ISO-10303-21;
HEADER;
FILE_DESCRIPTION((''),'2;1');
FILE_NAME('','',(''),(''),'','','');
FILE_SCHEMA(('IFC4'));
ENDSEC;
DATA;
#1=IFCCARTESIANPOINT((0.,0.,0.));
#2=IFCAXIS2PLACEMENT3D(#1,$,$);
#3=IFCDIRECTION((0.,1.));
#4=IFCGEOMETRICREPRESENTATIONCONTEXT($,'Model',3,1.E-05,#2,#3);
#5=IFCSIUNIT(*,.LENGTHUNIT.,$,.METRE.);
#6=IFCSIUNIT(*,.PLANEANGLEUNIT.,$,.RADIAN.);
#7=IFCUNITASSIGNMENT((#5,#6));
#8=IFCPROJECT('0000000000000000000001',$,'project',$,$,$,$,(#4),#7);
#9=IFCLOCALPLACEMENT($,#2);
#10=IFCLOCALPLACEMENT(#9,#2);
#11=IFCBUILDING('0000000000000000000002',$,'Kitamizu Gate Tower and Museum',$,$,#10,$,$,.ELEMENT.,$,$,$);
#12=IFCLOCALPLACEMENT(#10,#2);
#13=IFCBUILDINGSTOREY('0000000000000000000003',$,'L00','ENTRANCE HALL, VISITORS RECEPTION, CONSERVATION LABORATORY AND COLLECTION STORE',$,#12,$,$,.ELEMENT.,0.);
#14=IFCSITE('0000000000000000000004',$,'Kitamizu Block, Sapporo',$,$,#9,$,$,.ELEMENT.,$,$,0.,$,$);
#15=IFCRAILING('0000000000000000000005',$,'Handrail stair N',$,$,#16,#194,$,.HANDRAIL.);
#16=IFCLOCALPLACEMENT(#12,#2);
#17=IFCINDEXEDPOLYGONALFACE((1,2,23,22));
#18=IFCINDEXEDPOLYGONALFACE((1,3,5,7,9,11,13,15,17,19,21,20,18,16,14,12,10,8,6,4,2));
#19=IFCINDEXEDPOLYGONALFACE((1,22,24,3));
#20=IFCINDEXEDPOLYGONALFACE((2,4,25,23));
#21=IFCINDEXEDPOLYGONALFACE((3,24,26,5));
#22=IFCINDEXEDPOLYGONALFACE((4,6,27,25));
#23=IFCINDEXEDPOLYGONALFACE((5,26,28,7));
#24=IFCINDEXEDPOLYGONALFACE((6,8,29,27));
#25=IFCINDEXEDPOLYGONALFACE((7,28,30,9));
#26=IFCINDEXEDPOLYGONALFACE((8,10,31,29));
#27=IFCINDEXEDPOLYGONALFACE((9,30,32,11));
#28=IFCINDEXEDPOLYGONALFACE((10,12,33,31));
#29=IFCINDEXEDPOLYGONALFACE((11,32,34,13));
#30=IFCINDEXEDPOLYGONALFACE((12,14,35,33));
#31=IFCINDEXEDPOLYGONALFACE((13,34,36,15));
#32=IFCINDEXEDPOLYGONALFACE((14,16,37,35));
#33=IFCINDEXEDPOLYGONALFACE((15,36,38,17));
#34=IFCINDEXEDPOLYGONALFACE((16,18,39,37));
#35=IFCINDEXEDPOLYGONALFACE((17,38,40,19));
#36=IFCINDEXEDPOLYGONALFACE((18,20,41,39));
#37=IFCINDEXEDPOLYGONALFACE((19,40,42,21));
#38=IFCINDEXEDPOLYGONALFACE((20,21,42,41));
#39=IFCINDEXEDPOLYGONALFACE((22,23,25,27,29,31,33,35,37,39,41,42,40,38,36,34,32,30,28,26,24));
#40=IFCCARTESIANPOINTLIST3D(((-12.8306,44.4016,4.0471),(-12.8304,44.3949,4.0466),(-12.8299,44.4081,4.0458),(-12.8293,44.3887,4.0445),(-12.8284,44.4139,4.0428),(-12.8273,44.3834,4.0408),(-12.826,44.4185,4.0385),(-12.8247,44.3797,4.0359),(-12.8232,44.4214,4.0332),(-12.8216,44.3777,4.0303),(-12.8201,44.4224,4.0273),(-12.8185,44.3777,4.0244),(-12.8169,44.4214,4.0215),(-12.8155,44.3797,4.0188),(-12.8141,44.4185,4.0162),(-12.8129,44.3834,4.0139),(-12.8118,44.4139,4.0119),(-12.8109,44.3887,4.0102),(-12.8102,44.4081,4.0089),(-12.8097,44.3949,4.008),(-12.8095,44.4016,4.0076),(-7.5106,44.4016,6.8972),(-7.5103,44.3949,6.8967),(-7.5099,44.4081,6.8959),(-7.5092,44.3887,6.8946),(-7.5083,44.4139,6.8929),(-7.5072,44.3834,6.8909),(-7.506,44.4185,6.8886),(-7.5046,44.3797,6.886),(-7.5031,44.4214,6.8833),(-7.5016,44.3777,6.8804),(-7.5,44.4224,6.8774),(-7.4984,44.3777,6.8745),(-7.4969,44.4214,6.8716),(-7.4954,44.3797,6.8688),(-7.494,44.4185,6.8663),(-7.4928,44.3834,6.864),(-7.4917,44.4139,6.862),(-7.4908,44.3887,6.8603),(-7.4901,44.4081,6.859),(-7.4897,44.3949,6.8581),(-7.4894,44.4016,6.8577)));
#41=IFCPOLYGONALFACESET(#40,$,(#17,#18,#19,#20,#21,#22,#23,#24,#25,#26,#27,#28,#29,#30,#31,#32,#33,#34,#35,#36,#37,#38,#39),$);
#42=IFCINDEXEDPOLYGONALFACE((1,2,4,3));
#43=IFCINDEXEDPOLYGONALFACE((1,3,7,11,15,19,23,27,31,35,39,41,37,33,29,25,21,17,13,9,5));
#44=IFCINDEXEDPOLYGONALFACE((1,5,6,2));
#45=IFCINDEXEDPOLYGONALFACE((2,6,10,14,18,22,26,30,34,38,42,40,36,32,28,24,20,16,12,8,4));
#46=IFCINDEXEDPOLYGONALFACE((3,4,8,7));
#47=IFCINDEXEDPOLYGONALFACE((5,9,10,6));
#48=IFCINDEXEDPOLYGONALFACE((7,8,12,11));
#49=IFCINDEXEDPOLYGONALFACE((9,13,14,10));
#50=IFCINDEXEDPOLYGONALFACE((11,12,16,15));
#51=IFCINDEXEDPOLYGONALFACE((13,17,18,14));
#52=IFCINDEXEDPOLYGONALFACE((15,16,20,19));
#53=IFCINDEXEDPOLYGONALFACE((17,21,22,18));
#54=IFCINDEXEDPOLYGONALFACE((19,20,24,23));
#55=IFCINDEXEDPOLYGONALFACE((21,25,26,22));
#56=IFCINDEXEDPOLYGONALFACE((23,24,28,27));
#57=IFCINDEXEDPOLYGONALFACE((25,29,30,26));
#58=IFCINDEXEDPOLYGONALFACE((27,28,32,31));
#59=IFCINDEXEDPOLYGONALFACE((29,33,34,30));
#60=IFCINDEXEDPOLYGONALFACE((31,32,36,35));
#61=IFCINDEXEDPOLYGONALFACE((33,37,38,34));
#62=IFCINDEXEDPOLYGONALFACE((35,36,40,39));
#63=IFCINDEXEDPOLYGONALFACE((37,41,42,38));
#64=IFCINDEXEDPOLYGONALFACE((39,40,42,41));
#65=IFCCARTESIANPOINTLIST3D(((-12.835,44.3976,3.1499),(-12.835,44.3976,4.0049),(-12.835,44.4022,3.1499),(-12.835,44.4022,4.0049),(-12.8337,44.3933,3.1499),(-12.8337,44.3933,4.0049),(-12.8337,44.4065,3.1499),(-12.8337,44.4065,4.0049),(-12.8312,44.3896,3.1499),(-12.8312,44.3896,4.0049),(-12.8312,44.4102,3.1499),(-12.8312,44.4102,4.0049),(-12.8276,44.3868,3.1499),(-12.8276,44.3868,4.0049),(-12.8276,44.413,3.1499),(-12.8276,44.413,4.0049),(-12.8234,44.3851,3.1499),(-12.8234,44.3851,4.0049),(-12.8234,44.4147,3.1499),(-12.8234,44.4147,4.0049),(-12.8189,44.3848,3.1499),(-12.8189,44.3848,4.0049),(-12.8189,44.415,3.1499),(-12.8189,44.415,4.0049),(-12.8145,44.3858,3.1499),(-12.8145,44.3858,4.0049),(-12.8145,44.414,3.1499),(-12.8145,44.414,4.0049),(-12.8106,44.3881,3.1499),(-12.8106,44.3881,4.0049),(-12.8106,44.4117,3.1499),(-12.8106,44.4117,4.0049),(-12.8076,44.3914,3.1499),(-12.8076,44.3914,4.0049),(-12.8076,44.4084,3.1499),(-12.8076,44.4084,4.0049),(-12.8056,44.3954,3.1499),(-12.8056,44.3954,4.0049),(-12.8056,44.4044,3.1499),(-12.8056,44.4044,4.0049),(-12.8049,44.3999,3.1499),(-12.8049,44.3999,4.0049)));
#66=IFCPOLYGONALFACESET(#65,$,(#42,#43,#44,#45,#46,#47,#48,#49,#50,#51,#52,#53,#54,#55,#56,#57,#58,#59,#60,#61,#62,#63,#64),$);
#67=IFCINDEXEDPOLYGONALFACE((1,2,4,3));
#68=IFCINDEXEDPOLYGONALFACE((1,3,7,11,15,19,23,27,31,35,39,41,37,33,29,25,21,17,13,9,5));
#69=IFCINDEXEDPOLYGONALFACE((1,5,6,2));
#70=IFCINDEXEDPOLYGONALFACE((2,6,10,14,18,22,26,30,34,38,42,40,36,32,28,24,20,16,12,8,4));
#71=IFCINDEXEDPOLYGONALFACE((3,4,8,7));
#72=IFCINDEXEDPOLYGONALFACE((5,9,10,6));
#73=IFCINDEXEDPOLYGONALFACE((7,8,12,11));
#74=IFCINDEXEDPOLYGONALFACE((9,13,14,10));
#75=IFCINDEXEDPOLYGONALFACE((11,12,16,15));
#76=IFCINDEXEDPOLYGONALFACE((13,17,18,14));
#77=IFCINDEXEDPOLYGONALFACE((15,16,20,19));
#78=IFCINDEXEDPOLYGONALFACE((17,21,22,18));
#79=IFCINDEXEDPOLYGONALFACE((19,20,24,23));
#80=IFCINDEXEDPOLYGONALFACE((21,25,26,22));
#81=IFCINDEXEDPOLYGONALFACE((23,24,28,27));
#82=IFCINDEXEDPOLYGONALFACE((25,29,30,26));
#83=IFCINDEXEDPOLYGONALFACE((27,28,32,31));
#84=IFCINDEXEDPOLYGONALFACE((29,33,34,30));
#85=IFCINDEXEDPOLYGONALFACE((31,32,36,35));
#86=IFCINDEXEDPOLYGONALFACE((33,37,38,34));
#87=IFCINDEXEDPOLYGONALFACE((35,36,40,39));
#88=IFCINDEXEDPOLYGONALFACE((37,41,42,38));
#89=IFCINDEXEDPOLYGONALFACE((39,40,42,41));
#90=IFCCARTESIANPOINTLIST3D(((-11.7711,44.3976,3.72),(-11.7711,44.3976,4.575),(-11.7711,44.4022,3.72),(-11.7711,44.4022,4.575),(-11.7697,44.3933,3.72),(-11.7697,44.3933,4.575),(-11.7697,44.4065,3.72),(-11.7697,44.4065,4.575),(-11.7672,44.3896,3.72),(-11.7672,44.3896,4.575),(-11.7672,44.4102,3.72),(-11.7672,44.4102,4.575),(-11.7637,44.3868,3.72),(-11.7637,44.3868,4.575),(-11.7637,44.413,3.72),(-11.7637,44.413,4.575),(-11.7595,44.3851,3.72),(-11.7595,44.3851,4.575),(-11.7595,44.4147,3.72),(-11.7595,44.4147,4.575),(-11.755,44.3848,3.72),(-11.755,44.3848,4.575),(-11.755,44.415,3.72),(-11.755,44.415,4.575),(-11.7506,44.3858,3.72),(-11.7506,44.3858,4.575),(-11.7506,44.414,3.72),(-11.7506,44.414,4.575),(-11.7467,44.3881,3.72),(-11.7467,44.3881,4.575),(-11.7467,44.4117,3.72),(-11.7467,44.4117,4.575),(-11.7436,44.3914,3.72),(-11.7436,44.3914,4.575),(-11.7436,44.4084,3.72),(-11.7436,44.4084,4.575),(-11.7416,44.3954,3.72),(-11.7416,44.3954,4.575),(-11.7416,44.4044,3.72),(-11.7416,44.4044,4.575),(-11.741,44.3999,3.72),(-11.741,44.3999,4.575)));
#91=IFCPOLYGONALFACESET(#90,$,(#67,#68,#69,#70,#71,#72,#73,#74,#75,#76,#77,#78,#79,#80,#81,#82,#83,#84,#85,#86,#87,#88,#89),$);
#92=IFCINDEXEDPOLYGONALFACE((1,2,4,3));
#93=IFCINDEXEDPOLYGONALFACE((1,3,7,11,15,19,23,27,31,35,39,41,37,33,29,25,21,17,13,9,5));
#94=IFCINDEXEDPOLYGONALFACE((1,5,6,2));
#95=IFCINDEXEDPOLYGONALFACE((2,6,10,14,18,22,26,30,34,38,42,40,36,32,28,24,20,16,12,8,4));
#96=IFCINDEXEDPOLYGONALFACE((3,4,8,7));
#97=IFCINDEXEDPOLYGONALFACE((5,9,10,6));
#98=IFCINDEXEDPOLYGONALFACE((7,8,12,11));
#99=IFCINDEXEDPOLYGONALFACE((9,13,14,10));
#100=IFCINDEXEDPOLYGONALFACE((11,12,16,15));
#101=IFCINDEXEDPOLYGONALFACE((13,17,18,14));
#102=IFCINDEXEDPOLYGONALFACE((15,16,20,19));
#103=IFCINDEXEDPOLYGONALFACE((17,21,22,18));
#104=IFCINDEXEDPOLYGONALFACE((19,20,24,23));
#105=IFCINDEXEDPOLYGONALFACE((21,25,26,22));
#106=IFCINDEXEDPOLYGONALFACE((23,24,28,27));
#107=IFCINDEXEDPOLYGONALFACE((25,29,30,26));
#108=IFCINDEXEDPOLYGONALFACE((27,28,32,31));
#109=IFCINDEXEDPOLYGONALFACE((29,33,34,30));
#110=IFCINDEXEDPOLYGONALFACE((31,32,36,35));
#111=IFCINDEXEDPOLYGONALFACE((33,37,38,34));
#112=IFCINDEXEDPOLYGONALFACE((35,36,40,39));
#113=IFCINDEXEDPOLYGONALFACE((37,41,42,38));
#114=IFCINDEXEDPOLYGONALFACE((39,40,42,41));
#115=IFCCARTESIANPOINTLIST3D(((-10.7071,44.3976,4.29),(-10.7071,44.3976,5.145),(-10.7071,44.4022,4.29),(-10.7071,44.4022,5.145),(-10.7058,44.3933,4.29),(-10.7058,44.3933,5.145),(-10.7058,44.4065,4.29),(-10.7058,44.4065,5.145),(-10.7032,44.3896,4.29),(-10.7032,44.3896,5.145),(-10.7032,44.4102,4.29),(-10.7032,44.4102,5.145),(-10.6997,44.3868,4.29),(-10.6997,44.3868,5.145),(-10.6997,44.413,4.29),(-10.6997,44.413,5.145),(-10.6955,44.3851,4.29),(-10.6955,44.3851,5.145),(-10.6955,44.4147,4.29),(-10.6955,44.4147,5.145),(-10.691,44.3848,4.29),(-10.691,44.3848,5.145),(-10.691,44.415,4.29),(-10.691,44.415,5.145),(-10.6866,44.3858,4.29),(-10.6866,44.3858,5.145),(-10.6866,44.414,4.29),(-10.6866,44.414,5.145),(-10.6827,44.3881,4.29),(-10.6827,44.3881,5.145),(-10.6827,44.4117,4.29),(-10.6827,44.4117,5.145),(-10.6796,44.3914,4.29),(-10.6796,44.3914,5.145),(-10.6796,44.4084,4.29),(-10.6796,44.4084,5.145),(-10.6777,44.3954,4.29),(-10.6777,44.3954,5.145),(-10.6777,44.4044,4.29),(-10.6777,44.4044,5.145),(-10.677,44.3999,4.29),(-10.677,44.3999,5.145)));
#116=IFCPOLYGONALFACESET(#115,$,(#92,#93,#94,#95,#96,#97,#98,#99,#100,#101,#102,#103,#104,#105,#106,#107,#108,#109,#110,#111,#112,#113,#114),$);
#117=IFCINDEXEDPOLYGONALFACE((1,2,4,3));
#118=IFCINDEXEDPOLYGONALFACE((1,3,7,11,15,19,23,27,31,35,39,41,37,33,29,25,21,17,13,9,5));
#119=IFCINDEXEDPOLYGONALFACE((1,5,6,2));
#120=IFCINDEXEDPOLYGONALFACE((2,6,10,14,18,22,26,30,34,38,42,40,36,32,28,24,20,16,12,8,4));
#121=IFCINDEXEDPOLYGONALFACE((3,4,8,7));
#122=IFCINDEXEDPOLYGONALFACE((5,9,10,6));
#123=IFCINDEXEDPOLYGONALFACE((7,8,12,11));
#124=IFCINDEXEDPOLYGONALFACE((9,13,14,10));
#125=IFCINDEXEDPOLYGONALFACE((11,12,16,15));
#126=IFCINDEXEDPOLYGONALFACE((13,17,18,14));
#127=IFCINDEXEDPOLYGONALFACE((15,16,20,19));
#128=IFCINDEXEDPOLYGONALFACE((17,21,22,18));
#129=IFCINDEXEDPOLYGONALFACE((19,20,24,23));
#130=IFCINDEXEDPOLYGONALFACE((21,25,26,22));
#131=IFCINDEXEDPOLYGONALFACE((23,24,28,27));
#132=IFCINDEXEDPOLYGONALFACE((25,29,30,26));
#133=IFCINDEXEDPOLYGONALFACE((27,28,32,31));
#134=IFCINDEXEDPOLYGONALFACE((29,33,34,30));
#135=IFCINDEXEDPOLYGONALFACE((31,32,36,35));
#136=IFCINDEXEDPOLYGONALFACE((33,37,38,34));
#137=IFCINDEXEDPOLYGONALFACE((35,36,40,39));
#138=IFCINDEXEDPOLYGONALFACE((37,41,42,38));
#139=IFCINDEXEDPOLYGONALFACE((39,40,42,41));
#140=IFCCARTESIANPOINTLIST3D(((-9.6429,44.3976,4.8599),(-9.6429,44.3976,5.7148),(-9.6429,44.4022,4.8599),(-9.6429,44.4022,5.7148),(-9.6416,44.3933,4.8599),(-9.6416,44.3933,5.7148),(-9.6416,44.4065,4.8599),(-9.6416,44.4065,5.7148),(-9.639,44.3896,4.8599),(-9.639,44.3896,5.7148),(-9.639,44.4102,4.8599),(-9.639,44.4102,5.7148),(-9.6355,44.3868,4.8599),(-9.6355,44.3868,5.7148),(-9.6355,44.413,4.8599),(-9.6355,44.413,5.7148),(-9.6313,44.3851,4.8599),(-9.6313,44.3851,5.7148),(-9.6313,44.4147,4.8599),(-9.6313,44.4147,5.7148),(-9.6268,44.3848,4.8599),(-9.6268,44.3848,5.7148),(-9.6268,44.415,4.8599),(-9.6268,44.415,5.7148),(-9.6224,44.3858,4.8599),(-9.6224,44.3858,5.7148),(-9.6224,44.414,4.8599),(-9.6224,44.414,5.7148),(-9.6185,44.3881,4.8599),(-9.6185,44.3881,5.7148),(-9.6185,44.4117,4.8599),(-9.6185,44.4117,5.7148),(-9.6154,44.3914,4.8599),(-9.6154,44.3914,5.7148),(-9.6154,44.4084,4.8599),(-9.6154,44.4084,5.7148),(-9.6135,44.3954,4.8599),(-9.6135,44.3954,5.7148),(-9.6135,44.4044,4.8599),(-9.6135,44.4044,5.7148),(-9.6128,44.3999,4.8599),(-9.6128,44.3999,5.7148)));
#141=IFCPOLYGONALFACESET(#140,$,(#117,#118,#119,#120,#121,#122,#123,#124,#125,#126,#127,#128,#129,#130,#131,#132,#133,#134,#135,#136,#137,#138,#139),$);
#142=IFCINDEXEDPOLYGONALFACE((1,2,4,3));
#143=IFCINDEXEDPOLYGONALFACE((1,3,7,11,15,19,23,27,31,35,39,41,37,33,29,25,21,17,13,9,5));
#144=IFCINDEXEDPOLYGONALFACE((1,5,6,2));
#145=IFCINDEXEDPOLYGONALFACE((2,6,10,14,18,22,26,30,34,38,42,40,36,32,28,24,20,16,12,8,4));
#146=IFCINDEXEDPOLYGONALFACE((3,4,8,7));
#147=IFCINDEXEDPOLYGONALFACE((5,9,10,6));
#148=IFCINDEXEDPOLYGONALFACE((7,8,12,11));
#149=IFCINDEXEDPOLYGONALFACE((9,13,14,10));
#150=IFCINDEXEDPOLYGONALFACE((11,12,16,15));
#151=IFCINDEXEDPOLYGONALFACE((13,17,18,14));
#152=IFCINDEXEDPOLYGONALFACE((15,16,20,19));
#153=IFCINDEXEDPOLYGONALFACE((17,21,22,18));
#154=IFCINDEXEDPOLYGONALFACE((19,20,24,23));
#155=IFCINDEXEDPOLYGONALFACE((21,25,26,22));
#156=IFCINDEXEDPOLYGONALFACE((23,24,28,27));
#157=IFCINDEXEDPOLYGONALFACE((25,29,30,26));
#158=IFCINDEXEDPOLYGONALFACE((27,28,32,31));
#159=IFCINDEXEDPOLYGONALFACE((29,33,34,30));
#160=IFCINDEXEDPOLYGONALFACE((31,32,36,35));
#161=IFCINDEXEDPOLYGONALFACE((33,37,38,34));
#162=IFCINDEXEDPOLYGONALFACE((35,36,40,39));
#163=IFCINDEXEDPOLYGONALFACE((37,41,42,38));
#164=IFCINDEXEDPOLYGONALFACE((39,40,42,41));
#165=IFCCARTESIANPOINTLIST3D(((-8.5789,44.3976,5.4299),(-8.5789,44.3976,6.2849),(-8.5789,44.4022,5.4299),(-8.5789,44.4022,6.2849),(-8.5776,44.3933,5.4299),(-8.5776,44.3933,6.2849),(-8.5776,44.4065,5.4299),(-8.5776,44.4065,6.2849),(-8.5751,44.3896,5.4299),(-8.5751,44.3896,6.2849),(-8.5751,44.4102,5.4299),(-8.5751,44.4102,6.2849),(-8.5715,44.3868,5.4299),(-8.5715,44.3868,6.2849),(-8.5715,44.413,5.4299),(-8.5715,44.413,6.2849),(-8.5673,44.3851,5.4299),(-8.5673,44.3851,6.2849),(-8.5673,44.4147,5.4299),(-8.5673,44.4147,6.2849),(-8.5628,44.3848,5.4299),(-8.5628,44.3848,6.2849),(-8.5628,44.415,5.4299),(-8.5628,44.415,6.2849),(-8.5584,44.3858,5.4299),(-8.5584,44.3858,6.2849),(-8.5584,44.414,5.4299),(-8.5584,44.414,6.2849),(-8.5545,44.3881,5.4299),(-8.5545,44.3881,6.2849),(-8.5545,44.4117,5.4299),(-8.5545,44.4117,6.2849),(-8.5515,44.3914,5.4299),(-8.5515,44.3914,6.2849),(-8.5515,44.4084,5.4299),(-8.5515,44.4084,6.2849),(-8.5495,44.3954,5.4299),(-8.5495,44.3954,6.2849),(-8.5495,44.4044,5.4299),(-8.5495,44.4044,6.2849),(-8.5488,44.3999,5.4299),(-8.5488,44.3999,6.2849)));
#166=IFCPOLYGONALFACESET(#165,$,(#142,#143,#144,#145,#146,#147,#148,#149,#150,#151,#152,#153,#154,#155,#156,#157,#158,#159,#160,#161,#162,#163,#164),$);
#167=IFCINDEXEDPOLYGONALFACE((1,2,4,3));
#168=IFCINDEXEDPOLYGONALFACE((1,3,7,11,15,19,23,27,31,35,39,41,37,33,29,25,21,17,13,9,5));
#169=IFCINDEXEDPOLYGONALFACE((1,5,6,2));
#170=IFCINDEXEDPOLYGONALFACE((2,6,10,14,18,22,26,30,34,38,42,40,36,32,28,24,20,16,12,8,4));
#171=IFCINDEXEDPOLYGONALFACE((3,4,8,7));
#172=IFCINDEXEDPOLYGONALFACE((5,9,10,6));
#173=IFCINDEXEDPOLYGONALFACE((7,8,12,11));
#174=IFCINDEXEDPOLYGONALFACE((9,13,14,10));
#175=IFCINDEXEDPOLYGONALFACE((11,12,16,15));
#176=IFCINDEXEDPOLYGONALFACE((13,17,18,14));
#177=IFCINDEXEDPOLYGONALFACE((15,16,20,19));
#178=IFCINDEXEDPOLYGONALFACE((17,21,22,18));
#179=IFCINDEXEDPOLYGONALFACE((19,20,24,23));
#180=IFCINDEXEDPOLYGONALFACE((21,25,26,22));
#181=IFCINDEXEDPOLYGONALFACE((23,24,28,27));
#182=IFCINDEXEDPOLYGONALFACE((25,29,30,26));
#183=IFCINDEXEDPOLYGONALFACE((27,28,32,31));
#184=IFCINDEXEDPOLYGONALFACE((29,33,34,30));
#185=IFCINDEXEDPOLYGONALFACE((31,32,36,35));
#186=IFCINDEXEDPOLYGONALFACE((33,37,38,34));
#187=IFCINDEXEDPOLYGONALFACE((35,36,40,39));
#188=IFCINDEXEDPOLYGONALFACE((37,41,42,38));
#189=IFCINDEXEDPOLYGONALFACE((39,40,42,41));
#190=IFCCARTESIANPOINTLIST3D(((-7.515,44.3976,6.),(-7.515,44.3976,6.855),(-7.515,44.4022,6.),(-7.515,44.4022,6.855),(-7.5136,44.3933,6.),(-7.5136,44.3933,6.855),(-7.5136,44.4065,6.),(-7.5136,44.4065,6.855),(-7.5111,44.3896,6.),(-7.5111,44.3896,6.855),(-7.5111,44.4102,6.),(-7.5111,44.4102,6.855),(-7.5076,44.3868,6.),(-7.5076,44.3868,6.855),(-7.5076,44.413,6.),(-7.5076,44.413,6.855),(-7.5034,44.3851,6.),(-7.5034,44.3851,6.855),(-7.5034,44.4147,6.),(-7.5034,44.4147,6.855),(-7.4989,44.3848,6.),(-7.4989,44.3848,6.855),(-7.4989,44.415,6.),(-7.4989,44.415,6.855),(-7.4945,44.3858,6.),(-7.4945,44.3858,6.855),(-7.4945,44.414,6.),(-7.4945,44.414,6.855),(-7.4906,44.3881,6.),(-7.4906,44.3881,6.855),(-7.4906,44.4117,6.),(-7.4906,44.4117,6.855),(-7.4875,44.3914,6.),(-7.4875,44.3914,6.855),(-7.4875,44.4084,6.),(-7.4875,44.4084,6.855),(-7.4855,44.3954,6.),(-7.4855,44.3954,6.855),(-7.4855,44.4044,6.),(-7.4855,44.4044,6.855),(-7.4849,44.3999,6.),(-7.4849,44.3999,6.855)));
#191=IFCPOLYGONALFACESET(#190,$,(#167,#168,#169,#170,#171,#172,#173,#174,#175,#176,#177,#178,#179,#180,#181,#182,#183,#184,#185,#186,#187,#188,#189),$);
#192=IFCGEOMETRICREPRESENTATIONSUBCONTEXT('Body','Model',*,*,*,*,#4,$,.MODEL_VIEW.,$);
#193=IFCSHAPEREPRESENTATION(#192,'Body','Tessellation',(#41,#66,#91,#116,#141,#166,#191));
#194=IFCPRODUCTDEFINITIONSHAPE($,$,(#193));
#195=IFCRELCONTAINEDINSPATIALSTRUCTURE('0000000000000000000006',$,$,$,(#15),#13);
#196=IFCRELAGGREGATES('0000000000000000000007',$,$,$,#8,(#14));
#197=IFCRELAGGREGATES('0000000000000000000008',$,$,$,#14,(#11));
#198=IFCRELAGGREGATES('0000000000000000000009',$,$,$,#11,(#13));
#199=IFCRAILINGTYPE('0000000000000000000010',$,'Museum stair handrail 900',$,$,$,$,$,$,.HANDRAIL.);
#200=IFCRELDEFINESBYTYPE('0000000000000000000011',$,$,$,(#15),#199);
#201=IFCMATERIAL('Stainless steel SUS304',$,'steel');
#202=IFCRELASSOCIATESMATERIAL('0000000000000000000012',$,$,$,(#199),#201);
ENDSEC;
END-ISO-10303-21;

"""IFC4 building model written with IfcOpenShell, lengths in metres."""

from ifc_helpers import new_model, si_unit, direction, frame, origin, origin_2d, place, context, subcontext, project, spatial, circle, extrude, material, type_object, element, save


model = new_model("IFC4")

# Units and contexts
model_context = context("Model", 3, precision=1e-05, world=origin(), true_north=direction((0.0, 1.0)))
body_context = subcontext(model_context, "Body", "Model", "MODEL_VIEW")
ifc_project = project(units=[si_unit("LENGTHUNIT", "METRE"), si_unit("PLANEANGLEUNIT", "RADIAN")], contexts=[model_context])

# Site, building, storey
site_placement = place(None, origin())
site = spatial("IfcSite", under=ifc_project, at=site_placement, Name="Kitamizu Block, Sapporo", CompositionType="ELEMENT", RefElevation=0.0)
building_placement = place(site_placement, origin())
building = spatial("IfcBuilding", under=site, at=building_placement, Name="Kitamizu Gate Tower and Museum", CompositionType="ELEMENT")
storey_placement = place(building_placement, origin())
storey = spatial("IfcBuildingStorey", under=building, at=storey_placement, Name="L00", Description="ENTRANCE HALL, VISITORS RECEPTION, CONSERVATION LABORATORY AND COLLECTION STORE", CompositionType="ELEMENT", Elevation=0.0)

# Railing
ifc_material_1 = material(Name="Stainless steel SUS304", Category="steel")
railing_type = type_object("IfcRailingType", Name="Museum stair handrail 900", PredefinedType="HANDRAIL", material=ifc_material_1)
for number, where, name in (
    (1, (-12.8201, 44.3999, 3.1499), "Handrail stair N"),
):
    element("IfcRailing", number, at=place(storey_placement, frame(where)), inside=storey, type_object=railing_type, Name=name, PredefinedType="HANDRAIL", context=body_context, shape_type="SweptSolid", body=[
        extrude(circle(Radius=0.0225, at=origin_2d()), frame((0.0, 0.0, 0.8774), z_axis=(0.881476, 0.0, 0.472229), x_axis=(0.0, 1.0, 0.0)), (0.0, 0.0, 1.0), 6.0354),
        extrude(circle(Radius=0.0151, at=origin_2d()), origin(), (0.0, 0.0, 1.0), 0.855),
        extrude(circle(Radius=0.0151, at=origin_2d()), frame((1.064, 0.0, 0.5701)), (0.0, 0.0, 1.0), 0.855),
        extrude(circle(Radius=0.0151, at=origin_2d()), frame((2.1279, 0.0, 1.1401)), (0.0, 0.0, 1.0), 0.855),
        extrude(circle(Radius=0.0151, at=origin_2d()), frame((3.1921, 0.0, 1.71)), (0.0, 0.0, 1.0), 0.855),
        extrude(circle(Radius=0.0151, at=origin_2d()), frame((4.2561, 0.0, 2.28)), (0.0, 0.0, 1.0), 0.855),
        extrude(circle(Radius=0.0151, at=origin_2d()), frame((5.3201, 0.0, 2.8501)), (0.0, 0.0, 1.0), 0.855),
    ])

save(model, "model.ifc")
